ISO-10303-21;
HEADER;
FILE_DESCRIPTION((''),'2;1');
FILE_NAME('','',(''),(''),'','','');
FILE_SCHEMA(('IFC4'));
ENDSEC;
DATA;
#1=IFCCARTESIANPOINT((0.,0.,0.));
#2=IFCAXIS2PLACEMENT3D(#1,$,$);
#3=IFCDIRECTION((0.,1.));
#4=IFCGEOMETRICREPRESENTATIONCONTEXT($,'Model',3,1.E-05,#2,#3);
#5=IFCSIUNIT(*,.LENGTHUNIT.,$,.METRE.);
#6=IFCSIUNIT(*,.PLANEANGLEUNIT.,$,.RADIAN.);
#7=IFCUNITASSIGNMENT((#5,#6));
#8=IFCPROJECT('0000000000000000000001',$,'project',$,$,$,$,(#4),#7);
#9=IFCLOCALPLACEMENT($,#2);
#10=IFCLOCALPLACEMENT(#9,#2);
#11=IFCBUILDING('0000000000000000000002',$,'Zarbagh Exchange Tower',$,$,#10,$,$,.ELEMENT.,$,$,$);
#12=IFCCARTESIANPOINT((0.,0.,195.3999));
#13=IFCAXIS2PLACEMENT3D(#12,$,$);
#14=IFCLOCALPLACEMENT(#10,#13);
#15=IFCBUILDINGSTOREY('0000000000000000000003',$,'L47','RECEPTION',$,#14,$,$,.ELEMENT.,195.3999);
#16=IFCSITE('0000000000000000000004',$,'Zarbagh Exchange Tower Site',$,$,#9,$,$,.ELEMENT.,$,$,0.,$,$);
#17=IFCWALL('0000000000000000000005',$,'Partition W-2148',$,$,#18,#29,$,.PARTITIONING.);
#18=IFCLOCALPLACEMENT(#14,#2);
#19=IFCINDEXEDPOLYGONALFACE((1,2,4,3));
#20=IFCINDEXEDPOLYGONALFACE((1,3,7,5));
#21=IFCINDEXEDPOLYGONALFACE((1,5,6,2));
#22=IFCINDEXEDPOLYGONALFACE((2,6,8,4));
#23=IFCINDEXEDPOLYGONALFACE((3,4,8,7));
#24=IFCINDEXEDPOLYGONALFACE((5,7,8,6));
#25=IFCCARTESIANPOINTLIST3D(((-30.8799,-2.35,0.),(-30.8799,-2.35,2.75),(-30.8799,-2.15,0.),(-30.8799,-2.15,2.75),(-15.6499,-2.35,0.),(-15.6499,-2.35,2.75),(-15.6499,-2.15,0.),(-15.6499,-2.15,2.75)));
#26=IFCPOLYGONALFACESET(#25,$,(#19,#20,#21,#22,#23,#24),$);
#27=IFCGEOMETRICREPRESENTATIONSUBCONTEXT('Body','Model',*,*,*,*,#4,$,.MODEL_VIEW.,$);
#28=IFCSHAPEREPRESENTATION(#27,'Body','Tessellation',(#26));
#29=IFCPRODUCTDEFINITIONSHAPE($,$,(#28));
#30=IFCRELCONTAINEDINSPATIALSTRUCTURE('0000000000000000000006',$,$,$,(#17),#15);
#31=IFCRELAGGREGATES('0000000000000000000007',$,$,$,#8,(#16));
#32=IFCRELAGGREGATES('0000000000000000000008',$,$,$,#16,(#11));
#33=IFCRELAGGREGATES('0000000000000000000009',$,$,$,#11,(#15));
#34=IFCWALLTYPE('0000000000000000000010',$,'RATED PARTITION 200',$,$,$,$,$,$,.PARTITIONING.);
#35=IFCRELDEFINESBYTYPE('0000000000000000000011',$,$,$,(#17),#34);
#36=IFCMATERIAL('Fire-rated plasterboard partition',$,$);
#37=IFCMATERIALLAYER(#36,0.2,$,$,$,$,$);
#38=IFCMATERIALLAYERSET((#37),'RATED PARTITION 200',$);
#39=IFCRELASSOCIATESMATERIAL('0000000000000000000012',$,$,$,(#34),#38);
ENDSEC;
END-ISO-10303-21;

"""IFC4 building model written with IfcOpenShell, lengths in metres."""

from ifc_helpers import new_model, si_unit, direction, frame, frame_2d, origin, place, context, subcontext, project, spatial, rectangle, extrude, material, layer, layer_set, type_object, element, save


model = new_model("IFC4")

# Units and contexts
model_context = context("Model", 3, precision=1e-05, world=origin(), true_north=direction((0.0, 1.0)))
body_context = subcontext(model_context, "Body", "Model", "MODEL_VIEW")
ifc_project = project(units=[si_unit("LENGTHUNIT", "METRE"), si_unit("PLANEANGLEUNIT", "RADIAN")], contexts=[model_context])

# Site, building, storey
site_placement = place(None, origin())
site = spatial("IfcSite", under=ifc_project, at=site_placement, Name="Zarbagh Exchange Tower Site", CompositionType="ELEMENT", RefElevation=0.0)
building_placement = place(site_placement, origin())
building = spatial("IfcBuilding", under=site, at=building_placement, Name="Zarbagh Exchange Tower", CompositionType="ELEMENT")
storey_placement = place(building_placement, frame((0.0, 0.0, 195.3999)))
storey = spatial("IfcBuildingStorey", under=building, at=storey_placement, Name="L47", Description="RECEPTION", CompositionType="ELEMENT", Elevation=195.3999)

# Shared definitions
ifc_material_1 = material(Name="Fire-rated plasterboard partition")
ifc_layer = layer(ifc_material_1, 0.2)
ifc_layer_set = layer_set([ifc_layer], Name="RATED PARTITION 200")
wall_type = type_object("IfcWallType", Name="RATED PARTITION 200", PredefinedType="PARTITIONING", material=ifc_layer_set)

# Wall
wall_1_placement = place(storey_placement, frame((-30.8799, -2.25, 0.0), z_axis=(0.0, 0.0, 1.0), x_axis=(1.0, 0.0, 0.0)))
element("IfcWall", 1, at=wall_1_placement, inside=storey, type_object=wall_type, Name="Partition W-2148", PredefinedType="PARTITIONING", context=body_context, shape_type="SweptSolid", body=[
    extrude(rectangle(XDim=15.23, YDim=0.2, at=frame_2d((7.615, 0.0))), origin(), (0.0, 0.0, 1.0), 2.75),
])

save(model, "model.ifc")
